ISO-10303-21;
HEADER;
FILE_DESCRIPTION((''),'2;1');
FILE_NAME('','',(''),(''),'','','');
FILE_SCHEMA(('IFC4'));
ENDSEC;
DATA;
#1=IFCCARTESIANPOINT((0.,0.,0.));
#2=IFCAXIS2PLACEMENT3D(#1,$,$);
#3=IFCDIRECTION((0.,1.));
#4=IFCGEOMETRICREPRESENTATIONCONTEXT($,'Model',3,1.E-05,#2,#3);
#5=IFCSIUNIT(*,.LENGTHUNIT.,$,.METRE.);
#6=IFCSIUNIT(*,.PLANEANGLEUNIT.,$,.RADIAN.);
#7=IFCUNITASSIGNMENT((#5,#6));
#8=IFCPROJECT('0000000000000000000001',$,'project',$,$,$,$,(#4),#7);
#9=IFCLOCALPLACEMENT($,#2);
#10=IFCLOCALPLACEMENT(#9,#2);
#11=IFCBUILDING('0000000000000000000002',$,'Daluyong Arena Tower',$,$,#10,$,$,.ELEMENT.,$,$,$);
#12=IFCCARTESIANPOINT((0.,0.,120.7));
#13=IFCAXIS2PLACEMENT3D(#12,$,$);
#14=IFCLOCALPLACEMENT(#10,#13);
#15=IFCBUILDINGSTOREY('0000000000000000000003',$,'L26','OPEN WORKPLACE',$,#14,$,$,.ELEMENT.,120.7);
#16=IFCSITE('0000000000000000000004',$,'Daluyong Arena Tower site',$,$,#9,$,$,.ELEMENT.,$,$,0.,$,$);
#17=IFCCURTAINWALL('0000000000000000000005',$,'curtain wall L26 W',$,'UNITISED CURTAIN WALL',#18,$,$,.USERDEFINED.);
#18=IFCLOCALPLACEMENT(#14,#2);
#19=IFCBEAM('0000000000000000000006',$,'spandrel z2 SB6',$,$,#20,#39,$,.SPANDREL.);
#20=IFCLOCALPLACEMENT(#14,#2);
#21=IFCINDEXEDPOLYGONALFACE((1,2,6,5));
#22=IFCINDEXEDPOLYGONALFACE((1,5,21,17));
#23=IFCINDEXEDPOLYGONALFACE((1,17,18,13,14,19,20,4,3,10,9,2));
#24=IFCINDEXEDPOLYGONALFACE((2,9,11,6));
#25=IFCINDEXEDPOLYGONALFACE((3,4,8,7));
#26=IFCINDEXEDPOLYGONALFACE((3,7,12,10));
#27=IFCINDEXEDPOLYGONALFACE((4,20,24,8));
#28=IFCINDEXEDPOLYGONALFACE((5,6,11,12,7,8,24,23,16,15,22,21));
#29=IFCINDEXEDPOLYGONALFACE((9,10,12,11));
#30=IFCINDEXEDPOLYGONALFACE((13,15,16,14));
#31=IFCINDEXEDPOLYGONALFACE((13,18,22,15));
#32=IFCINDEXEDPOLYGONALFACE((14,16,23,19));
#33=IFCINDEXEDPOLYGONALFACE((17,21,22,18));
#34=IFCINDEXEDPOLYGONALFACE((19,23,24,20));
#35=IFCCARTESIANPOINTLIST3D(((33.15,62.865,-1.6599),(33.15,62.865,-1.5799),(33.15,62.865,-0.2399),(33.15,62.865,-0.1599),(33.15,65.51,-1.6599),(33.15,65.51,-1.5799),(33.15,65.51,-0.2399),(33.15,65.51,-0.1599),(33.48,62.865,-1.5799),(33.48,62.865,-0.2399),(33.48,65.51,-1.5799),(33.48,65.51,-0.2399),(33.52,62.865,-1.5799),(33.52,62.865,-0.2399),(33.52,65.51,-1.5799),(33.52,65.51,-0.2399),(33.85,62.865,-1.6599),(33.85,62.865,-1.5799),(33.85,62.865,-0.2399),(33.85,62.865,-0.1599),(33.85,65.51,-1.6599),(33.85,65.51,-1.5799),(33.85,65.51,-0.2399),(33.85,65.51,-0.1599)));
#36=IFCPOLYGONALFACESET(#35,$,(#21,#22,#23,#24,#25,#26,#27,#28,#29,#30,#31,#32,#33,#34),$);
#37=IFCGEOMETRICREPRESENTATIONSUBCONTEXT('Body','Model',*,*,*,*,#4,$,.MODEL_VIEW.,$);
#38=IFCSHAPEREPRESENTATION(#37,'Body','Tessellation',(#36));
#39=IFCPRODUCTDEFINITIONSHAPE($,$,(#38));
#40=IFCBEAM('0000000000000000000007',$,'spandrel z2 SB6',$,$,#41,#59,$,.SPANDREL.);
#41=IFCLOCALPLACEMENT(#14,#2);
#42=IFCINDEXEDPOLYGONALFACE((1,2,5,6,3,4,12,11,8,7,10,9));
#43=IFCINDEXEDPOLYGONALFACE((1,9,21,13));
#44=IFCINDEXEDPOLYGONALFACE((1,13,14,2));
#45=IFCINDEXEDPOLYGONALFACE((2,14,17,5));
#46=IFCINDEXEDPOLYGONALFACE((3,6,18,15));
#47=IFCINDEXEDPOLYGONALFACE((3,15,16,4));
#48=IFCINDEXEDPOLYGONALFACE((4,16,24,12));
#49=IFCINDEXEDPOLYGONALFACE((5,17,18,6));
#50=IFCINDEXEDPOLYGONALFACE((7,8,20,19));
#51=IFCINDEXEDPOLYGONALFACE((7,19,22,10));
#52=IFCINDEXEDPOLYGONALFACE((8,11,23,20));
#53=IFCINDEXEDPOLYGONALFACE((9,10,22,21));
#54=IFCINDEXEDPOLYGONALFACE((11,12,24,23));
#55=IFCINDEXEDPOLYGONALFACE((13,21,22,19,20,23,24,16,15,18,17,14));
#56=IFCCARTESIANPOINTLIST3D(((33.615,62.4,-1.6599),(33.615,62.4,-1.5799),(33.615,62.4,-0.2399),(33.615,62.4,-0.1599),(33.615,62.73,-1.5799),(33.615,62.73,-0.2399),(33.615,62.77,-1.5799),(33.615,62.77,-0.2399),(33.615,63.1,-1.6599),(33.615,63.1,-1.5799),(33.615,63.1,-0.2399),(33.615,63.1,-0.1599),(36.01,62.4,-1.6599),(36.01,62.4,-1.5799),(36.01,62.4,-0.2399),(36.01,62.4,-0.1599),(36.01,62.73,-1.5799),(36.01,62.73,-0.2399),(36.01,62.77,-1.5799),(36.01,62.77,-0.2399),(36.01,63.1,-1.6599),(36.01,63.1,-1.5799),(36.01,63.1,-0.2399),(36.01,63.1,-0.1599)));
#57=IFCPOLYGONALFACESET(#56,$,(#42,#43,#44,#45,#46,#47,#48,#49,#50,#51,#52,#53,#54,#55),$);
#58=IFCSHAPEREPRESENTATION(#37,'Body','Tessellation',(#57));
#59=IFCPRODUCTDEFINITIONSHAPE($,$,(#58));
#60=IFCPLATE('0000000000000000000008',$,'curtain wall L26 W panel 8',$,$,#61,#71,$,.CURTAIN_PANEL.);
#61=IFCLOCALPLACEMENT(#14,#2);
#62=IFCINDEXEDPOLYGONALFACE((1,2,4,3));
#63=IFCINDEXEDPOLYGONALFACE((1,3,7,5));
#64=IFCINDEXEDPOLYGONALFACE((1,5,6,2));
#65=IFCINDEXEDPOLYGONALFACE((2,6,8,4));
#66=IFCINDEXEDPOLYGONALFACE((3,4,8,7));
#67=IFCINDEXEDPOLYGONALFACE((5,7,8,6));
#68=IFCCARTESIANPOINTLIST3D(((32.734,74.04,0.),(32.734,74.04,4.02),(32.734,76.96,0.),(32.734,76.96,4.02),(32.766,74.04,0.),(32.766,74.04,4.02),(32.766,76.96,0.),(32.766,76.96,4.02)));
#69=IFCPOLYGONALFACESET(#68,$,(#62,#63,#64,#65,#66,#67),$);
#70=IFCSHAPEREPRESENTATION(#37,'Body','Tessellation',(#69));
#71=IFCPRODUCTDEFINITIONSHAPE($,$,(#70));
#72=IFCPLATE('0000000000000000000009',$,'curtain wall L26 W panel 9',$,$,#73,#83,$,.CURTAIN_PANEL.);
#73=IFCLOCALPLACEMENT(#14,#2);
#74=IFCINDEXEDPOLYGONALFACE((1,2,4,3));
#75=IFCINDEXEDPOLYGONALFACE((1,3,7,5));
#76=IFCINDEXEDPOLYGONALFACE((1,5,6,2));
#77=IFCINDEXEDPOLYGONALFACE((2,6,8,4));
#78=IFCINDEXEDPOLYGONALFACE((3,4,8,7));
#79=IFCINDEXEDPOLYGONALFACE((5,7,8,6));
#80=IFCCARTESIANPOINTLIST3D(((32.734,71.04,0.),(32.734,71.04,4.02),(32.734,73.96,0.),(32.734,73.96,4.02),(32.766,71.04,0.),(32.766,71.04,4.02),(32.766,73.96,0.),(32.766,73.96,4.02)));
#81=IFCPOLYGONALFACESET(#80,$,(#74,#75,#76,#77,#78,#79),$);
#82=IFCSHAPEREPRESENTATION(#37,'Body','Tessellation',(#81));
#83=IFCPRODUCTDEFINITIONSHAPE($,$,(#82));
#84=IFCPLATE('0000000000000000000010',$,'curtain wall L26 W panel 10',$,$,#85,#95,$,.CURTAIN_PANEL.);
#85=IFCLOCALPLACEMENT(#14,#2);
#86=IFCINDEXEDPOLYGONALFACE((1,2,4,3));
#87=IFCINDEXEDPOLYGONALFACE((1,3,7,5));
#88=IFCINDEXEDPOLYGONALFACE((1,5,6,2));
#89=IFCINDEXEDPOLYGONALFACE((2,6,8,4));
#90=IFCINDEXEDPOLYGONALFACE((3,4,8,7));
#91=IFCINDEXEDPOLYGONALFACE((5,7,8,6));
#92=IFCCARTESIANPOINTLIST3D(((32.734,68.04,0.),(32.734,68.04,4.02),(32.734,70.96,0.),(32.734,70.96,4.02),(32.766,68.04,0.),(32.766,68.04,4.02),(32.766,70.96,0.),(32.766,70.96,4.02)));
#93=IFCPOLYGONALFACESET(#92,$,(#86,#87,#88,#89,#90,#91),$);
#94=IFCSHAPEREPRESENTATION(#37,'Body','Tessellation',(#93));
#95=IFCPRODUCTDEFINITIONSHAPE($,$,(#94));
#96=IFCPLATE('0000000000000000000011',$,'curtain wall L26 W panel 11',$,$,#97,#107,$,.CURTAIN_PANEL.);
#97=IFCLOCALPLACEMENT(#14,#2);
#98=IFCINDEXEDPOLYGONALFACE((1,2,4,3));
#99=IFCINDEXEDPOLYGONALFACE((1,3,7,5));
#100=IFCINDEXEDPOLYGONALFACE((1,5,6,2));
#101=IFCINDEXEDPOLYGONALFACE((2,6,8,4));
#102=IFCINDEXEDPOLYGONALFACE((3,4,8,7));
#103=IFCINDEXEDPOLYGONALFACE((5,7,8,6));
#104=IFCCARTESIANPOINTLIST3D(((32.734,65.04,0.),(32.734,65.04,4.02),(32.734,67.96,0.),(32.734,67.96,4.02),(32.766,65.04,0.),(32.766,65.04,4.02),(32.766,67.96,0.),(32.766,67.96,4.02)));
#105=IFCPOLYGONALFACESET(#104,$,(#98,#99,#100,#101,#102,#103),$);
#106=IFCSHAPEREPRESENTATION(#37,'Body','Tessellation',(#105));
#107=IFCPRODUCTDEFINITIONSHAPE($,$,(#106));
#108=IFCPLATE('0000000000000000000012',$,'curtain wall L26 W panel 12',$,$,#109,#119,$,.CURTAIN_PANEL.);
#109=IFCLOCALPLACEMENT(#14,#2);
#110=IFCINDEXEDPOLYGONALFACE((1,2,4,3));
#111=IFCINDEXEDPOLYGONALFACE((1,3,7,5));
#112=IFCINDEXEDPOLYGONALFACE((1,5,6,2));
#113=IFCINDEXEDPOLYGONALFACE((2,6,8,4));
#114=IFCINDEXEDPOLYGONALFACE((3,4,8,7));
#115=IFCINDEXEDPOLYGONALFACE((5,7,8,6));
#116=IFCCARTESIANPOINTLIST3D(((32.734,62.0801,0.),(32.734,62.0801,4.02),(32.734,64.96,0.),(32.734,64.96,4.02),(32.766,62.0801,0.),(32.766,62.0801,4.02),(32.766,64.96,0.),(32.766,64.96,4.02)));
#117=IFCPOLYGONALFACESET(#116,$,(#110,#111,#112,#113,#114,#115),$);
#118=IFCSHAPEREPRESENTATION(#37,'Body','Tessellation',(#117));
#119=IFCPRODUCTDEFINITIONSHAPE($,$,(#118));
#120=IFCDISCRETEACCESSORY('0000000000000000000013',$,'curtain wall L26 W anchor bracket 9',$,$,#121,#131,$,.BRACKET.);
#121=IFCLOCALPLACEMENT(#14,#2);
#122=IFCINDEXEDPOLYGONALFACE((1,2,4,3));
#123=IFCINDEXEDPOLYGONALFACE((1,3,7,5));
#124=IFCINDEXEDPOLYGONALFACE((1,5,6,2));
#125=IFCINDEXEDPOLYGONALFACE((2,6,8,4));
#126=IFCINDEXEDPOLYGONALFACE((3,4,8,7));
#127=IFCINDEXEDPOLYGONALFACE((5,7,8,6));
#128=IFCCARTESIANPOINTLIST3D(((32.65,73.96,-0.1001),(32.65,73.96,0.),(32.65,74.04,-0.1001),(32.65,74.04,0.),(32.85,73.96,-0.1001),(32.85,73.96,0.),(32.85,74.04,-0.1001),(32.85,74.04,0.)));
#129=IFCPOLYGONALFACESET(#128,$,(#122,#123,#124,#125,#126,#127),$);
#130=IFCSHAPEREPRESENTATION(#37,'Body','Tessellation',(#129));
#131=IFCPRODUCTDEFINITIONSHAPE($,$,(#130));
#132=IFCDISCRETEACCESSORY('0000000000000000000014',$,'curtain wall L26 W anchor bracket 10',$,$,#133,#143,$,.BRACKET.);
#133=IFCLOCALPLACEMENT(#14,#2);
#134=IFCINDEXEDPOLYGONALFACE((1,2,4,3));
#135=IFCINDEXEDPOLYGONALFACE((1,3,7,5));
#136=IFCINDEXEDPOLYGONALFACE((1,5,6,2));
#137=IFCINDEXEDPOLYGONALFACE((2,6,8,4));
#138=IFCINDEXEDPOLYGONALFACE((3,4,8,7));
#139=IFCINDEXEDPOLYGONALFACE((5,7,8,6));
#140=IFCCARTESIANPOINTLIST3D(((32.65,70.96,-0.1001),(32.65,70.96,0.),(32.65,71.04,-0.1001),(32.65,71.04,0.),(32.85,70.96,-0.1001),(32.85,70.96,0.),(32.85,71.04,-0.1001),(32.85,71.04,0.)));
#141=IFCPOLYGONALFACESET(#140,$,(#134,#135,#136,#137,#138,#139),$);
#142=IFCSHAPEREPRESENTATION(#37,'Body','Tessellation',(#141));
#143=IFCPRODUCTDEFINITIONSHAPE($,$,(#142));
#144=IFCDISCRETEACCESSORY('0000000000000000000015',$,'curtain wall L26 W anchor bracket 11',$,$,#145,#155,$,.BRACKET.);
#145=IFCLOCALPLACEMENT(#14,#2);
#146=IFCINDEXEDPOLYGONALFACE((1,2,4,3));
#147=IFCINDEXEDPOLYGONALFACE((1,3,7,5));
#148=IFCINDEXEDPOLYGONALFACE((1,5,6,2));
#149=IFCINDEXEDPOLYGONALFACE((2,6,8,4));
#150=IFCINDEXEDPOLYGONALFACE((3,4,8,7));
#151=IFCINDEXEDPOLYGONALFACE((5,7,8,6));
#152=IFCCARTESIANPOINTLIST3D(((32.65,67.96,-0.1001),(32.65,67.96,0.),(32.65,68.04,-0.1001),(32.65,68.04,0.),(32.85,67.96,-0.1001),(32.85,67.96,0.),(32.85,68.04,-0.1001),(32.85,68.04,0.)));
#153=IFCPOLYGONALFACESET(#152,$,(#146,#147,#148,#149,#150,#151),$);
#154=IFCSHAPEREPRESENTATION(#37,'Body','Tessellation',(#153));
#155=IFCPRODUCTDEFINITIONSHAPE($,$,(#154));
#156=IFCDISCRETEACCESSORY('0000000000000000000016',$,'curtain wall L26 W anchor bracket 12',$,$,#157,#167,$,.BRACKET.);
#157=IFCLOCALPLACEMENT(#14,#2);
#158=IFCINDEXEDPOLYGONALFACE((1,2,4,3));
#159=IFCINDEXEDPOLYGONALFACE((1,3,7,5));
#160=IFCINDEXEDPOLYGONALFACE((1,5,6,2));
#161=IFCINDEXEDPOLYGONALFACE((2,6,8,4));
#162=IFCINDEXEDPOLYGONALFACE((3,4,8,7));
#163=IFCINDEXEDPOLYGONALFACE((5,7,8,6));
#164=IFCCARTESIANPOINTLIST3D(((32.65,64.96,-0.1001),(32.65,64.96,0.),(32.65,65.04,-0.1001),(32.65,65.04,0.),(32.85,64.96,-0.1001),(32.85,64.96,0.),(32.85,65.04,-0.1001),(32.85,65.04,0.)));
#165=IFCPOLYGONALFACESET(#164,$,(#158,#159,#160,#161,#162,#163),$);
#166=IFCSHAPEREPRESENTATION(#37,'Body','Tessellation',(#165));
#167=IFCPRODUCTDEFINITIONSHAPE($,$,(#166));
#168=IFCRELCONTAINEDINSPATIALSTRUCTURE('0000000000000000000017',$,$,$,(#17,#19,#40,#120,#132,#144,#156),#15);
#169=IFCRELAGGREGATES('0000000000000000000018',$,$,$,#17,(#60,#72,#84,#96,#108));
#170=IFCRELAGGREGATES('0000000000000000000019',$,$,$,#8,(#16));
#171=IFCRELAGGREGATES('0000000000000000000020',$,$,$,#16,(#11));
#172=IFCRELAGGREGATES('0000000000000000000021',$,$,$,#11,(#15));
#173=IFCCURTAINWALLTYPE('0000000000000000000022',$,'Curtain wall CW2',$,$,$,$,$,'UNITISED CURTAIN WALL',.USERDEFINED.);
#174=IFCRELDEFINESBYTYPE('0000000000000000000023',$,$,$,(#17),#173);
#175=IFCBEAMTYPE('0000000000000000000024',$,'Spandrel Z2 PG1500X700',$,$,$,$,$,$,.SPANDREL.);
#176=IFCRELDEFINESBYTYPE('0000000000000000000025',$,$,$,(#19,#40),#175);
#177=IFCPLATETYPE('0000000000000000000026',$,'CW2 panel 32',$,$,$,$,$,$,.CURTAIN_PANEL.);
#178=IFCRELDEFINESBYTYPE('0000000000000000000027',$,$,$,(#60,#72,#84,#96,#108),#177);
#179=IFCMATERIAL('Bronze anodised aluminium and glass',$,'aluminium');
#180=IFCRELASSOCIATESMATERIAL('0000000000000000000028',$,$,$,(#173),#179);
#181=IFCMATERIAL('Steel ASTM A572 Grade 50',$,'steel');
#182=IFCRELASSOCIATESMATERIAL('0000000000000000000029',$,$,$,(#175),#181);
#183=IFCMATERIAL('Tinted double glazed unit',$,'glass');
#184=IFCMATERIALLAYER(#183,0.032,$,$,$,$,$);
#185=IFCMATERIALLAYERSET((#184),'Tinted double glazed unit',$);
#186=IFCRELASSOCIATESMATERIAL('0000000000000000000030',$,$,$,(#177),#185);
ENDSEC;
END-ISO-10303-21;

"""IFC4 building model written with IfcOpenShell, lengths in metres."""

from ifc_helpers import new_model, si_unit, direction, frame, origin, origin_2d, place, context, subcontext, project, spatial, rectangle, i_section, extrude, material, layer, layer_set, material_profile, profile_set, type_object, element, aggregate, save


model = new_model("IFC4")

# Units and contexts
model_context = context("Model", 3, precision=1e-05, world=origin(), true_north=direction((0.0, 1.0)))
body_context = subcontext(model_context, "Body", "Model", "MODEL_VIEW")
ifc_project = project(units=[si_unit("LENGTHUNIT", "METRE"), si_unit("PLANEANGLEUNIT", "RADIAN")], contexts=[model_context])

# Site, building, storey
site_placement = place(None, origin())
site = spatial("IfcSite", under=ifc_project, at=site_placement, Name="Daluyong Arena Tower site", CompositionType="ELEMENT", RefElevation=0.0)
building_placement = place(site_placement, origin())
building = spatial("IfcBuilding", under=site, at=building_placement, Name="Daluyong Arena Tower", CompositionType="ELEMENT")
storey_placement = place(building_placement, frame((0.0, 0.0, 120.7)))
storey = spatial("IfcBuildingStorey", under=building, at=storey_placement, Name="L26", Description="OPEN WORKPLACE", CompositionType="ELEMENT", Elevation=120.7)

# Curtain wall
ifc_material_1 = material(Name="Bronze anodised aluminium and glass", Category="aluminium")
curtain_wall_type_1 = type_object("IfcCurtainWallType", Name="Curtain wall CW2", ElementType="UNITISED CURTAIN WALL", PredefinedType="USERDEFINED", material=ifc_material_1)
curtain_wall_1_placement = place(storey_placement, origin())
curtain_wall_1 = element("IfcCurtainWall", 1, at=curtain_wall_1_placement, inside=storey, type_object=curtain_wall_type_1, Name="curtain wall L26 W", ObjectType="UNITISED CURTAIN WALL", PredefinedType="USERDEFINED")

# Beams
ifc_material_2 = material(Name="Steel ASTM A572 Grade 50", Category="steel")
ifc_material_profile_1 = material_profile(ifc_material_2, i_section(OverallWidth=0.7, OverallDepth=1.5, WebThickness=0.04, FlangeThickness=0.08, at=origin_2d()))
ifc_profile_set_1 = profile_set([ifc_material_profile_1], Name="Steel ASTM A572 Grade 50")
beam_type_1 = type_object("IfcBeamType", Name="Spandrel Z2 PG1500X700", PredefinedType="SPANDREL", material=ifc_profile_set_1)
for number, where, z_axis, x_axis, name in (
    (2, (33.5, 65.51, -0.9099), (0.0, -1.0, 0.0), (1.0, 0.0, 0.0), "spandrel z2 SB6"),
):
    element("IfcBeam", number, at=place(storey_placement, frame(where, z_axis=z_axis, x_axis=x_axis)), inside=storey, type_object=beam_type_1, Name=name, PredefinedType="SPANDREL", context=body_context, shape_type="SweptSolid", body=[
        extrude(i_section(OverallWidth=0.7, OverallDepth=1.5, WebThickness=0.04, FlangeThickness=0.08, at=origin_2d()), origin(), (0.0, 0.0, 1.0), 2.645),
    ])
beam_1_placement = place(storey_placement, frame((33.615, 62.75, -0.9099), z_axis=(1.0, 0.0, 0.0), x_axis=(0.0, 1.0, 0.0)))
element("IfcBeam", 3, at=beam_1_placement, inside=storey, type_object=beam_type_1, Name="spandrel z2 SB6", PredefinedType="SPANDREL", context=body_context, shape_type="SweptSolid", body=[
    extrude(i_section(OverallWidth=0.7, OverallDepth=1.5, WebThickness=0.04, FlangeThickness=0.08, at=origin_2d()), origin(), (0.0, 0.0, 1.0), 2.395),
])

# Plates
ifc_material_3 = material(Name="Tinted double glazed unit", Category="glass")
ifc_layer = layer(ifc_material_3, 0.032)
ifc_layer_set = layer_set([ifc_layer], Name="Tinted double glazed unit")
plate_type = type_object("IfcPlateType", Name="CW2 panel 32", PredefinedType="CURTAIN_PANEL", material=ifc_layer_set)
plate_1_placement = place(storey_placement, frame((32.75, 75.5, 0.0), z_axis=(0.0, 0.0, 1.0), x_axis=(0.0, -1.0, 0.0)))
plate_1 = element("IfcPlate", 4, at=plate_1_placement, type_object=plate_type, Name="curtain wall L26 W panel 8", PredefinedType="CURTAIN_PANEL", context=body_context, shape_type="SweptSolid", body=[
    extrude(rectangle(XDim=2.9199, YDim=0.032, at=origin_2d()), origin(), (0.0, 0.0, 1.0), 4.02),
])
plate_2_placement = place(storey_placement, frame((32.75, 72.5, 0.0), z_axis=(0.0, 0.0, 1.0), x_axis=(0.0, -1.0, 0.0)))
plate_2 = element("IfcPlate", 5, at=plate_2_placement, type_object=plate_type, Name="curtain wall L26 W panel 9", PredefinedType="CURTAIN_PANEL", context=body_context, shape_type="SweptSolid", body=[
    extrude(rectangle(XDim=2.9199, YDim=0.032, at=origin_2d()), origin(), (0.0, 0.0, 1.0), 4.02),
])
plate_3_placement = place(storey_placement, frame((32.75, 69.5, 0.0), z_axis=(0.0, 0.0, 1.0), x_axis=(0.0, -1.0, 0.0)))
plate_3 = element("IfcPlate", 6, at=plate_3_placement, type_object=plate_type, Name="curtain wall L26 W panel 10", PredefinedType="CURTAIN_PANEL", context=body_context, shape_type="SweptSolid", body=[
    extrude(rectangle(XDim=2.9199, YDim=0.032, at=origin_2d()), origin(), (0.0, 0.0, 1.0), 4.02),
])
plate_4_placement = place(storey_placement, frame((32.75, 66.5, 0.0), z_axis=(0.0, 0.0, 1.0), x_axis=(0.0, -1.0, 0.0)))
plate_4 = element("IfcPlate", 7, at=plate_4_placement, type_object=plate_type, Name="curtain wall L26 W panel 11", PredefinedType="CURTAIN_PANEL", context=body_context, shape_type="SweptSolid", body=[
    extrude(rectangle(XDim=2.9199, YDim=0.032, at=origin_2d()), origin(), (0.0, 0.0, 1.0), 4.02),
])
plate_5_placement = place(storey_placement, frame((32.75, 63.52, 0.0), z_axis=(0.0, 0.0, 1.0), x_axis=(0.0, -1.0, 0.0)))
plate_5 = element("IfcPlate", 8, at=plate_5_placement, type_object=plate_type, Name="curtain wall L26 W panel 12", PredefinedType="CURTAIN_PANEL", context=body_context, shape_type="SweptSolid", body=[
    extrude(rectangle(XDim=2.8799, YDim=0.032, at=origin_2d()), origin(), (0.0, 0.0, 1.0), 4.02),
])
aggregate(curtain_wall_1, [plate_1, plate_2, plate_3, plate_4, plate_5])

# Discrete accessories
for number, where, z_axis, x_axis, name in (
    (9, (32.75, 74.0, -0.1001), (0.0, 0.0, 1.0), (0.0, -1.0, 0.0), "curtain wall L26 W anchor bracket 9"),
    (10, (32.75, 71.0, -0.1001), (0.0, 0.0, 1.0), (0.0, -1.0, 0.0), "curtain wall L26 W anchor bracket 10"),
    (11, (32.75, 68.0, -0.1001), (0.0, 0.0, 1.0), (0.0, -1.0, 0.0), "curtain wall L26 W anchor bracket 11"),
    (12, (32.75, 65.0, -0.1001), (0.0, 0.0, 1.0), (0.0, -1.0, 0.0), "curtain wall L26 W anchor bracket 12"),
):
    element("IfcDiscreteAccessory", number, at=place(storey_placement, frame(where, z_axis=z_axis, x_axis=x_axis)), inside=storey, Name=name, PredefinedType="BRACKET", context=body_context, shape_type="SweptSolid", body=[
        extrude(rectangle(XDim=0.0801, YDim=0.2, at=origin_2d()), origin(), (0.0, 0.0, 1.0), 0.1001),
    ])

save(model, "model.ifc")
